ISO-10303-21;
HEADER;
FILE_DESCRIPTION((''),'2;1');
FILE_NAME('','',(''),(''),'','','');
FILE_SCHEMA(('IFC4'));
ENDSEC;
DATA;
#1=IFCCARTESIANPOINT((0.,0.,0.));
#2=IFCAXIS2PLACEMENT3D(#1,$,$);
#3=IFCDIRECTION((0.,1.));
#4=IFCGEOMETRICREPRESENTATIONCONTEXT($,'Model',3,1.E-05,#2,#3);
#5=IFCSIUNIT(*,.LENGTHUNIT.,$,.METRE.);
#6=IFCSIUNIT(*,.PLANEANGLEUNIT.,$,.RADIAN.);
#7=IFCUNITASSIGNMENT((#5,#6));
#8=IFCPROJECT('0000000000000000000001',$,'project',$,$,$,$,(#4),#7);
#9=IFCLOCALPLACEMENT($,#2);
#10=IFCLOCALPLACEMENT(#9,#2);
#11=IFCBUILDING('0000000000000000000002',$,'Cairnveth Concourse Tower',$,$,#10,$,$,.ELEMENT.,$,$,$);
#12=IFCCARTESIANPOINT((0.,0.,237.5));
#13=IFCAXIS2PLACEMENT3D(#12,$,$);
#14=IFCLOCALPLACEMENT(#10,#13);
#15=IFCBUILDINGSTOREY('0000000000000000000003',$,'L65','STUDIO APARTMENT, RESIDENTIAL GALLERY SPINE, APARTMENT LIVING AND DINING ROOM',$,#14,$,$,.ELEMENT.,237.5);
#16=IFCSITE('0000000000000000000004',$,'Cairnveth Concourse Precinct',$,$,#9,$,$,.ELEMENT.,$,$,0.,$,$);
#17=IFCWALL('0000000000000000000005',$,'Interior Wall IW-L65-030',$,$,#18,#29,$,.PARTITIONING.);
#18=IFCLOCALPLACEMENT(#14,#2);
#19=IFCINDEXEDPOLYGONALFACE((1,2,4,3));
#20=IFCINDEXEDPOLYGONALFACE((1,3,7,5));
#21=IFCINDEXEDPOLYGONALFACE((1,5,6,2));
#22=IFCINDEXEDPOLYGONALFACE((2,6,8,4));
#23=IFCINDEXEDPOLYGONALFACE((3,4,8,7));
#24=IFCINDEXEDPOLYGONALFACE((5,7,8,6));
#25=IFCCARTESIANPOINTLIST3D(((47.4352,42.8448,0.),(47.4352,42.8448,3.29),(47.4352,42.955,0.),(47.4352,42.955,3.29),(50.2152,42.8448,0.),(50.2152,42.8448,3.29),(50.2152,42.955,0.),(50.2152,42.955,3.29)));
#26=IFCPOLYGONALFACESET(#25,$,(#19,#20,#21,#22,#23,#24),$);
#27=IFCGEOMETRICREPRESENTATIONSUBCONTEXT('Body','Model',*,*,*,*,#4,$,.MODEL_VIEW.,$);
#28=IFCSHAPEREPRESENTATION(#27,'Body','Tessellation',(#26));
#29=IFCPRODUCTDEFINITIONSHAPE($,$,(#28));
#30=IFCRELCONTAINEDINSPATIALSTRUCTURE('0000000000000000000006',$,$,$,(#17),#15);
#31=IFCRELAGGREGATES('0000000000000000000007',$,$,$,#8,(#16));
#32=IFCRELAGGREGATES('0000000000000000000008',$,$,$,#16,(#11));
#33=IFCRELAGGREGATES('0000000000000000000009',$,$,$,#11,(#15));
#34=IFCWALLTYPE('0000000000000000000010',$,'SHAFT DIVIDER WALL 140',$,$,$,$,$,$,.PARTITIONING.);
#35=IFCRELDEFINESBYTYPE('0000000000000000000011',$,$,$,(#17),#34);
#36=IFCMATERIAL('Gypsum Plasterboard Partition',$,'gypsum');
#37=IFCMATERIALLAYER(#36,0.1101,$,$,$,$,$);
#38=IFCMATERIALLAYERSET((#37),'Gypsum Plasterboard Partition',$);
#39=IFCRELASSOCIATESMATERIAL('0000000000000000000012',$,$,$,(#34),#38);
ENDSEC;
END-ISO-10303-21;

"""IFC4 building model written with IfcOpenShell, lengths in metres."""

from ifc_helpers import new_model, si_unit, direction, frame, frame_2d, origin, place, context, subcontext, project, spatial, rectangle, extrude, material, layer, layer_set, type_object, element, save


model = new_model("IFC4")

# Units and contexts
model_context = context("Model", 3, precision=1e-05, world=origin(), true_north=direction((0.0, 1.0)))
body_context = subcontext(model_context, "Body", "Model", "MODEL_VIEW")
ifc_project = project(units=[si_unit("LENGTHUNIT", "METRE"), si_unit("PLANEANGLEUNIT", "RADIAN")], contexts=[model_context])

# Site, building, storey
site_placement = place(None, origin())
site = spatial("IfcSite", under=ifc_project, at=site_placement, Name="Cairnveth Concourse Precinct", CompositionType="ELEMENT", RefElevation=0.0)
building_placement = place(site_placement, origin())
building = spatial("IfcBuilding", under=site, at=building_placement, Name="Cairnveth Concourse Tower", CompositionType="ELEMENT")
storey_placement = place(building_placement, frame((0.0, 0.0, 237.5)))
storey = spatial("IfcBuildingStorey", under=building, at=storey_placement, Name="L65", Description="STUDIO APARTMENT, RESIDENTIAL GALLERY SPINE, APARTMENT LIVING AND DINING ROOM", CompositionType="ELEMENT", Elevation=237.5)

# Shared definitions
ifc_material_1 = material(Name="Gypsum Plasterboard Partition", Category="gypsum")

# Wall
ifc_layer_1 = layer(ifc_material_1, 0.1101)
ifc_layer_set_1 = layer_set([ifc_layer_1], Name="Gypsum Plasterboard Partition")
wall_type_1 = type_object("IfcWallType", Name="SHAFT DIVIDER WALL 140", PredefinedType="PARTITIONING", material=ifc_layer_set_1)
wall_1_placement = place(storey_placement, frame((47.4351, 42.8999, 0.0), z_axis=(0.0, 0.0, 1.0), x_axis=(1.0, 0.0, 0.0)))
element("IfcWall", 1, at=wall_1_placement, inside=storey, type_object=wall_type_1, Name="Interior Wall IW-L65-030", PredefinedType="PARTITIONING", context=body_context, shape_type="SweptSolid", body=[
    extrude(rectangle(XDim=2.78, YDim=0.1101, at=frame_2d((1.3901, 0.0))), origin(), (0.0, 0.0, 1.0), 3.29),
])

save(model, "model.ifc")
